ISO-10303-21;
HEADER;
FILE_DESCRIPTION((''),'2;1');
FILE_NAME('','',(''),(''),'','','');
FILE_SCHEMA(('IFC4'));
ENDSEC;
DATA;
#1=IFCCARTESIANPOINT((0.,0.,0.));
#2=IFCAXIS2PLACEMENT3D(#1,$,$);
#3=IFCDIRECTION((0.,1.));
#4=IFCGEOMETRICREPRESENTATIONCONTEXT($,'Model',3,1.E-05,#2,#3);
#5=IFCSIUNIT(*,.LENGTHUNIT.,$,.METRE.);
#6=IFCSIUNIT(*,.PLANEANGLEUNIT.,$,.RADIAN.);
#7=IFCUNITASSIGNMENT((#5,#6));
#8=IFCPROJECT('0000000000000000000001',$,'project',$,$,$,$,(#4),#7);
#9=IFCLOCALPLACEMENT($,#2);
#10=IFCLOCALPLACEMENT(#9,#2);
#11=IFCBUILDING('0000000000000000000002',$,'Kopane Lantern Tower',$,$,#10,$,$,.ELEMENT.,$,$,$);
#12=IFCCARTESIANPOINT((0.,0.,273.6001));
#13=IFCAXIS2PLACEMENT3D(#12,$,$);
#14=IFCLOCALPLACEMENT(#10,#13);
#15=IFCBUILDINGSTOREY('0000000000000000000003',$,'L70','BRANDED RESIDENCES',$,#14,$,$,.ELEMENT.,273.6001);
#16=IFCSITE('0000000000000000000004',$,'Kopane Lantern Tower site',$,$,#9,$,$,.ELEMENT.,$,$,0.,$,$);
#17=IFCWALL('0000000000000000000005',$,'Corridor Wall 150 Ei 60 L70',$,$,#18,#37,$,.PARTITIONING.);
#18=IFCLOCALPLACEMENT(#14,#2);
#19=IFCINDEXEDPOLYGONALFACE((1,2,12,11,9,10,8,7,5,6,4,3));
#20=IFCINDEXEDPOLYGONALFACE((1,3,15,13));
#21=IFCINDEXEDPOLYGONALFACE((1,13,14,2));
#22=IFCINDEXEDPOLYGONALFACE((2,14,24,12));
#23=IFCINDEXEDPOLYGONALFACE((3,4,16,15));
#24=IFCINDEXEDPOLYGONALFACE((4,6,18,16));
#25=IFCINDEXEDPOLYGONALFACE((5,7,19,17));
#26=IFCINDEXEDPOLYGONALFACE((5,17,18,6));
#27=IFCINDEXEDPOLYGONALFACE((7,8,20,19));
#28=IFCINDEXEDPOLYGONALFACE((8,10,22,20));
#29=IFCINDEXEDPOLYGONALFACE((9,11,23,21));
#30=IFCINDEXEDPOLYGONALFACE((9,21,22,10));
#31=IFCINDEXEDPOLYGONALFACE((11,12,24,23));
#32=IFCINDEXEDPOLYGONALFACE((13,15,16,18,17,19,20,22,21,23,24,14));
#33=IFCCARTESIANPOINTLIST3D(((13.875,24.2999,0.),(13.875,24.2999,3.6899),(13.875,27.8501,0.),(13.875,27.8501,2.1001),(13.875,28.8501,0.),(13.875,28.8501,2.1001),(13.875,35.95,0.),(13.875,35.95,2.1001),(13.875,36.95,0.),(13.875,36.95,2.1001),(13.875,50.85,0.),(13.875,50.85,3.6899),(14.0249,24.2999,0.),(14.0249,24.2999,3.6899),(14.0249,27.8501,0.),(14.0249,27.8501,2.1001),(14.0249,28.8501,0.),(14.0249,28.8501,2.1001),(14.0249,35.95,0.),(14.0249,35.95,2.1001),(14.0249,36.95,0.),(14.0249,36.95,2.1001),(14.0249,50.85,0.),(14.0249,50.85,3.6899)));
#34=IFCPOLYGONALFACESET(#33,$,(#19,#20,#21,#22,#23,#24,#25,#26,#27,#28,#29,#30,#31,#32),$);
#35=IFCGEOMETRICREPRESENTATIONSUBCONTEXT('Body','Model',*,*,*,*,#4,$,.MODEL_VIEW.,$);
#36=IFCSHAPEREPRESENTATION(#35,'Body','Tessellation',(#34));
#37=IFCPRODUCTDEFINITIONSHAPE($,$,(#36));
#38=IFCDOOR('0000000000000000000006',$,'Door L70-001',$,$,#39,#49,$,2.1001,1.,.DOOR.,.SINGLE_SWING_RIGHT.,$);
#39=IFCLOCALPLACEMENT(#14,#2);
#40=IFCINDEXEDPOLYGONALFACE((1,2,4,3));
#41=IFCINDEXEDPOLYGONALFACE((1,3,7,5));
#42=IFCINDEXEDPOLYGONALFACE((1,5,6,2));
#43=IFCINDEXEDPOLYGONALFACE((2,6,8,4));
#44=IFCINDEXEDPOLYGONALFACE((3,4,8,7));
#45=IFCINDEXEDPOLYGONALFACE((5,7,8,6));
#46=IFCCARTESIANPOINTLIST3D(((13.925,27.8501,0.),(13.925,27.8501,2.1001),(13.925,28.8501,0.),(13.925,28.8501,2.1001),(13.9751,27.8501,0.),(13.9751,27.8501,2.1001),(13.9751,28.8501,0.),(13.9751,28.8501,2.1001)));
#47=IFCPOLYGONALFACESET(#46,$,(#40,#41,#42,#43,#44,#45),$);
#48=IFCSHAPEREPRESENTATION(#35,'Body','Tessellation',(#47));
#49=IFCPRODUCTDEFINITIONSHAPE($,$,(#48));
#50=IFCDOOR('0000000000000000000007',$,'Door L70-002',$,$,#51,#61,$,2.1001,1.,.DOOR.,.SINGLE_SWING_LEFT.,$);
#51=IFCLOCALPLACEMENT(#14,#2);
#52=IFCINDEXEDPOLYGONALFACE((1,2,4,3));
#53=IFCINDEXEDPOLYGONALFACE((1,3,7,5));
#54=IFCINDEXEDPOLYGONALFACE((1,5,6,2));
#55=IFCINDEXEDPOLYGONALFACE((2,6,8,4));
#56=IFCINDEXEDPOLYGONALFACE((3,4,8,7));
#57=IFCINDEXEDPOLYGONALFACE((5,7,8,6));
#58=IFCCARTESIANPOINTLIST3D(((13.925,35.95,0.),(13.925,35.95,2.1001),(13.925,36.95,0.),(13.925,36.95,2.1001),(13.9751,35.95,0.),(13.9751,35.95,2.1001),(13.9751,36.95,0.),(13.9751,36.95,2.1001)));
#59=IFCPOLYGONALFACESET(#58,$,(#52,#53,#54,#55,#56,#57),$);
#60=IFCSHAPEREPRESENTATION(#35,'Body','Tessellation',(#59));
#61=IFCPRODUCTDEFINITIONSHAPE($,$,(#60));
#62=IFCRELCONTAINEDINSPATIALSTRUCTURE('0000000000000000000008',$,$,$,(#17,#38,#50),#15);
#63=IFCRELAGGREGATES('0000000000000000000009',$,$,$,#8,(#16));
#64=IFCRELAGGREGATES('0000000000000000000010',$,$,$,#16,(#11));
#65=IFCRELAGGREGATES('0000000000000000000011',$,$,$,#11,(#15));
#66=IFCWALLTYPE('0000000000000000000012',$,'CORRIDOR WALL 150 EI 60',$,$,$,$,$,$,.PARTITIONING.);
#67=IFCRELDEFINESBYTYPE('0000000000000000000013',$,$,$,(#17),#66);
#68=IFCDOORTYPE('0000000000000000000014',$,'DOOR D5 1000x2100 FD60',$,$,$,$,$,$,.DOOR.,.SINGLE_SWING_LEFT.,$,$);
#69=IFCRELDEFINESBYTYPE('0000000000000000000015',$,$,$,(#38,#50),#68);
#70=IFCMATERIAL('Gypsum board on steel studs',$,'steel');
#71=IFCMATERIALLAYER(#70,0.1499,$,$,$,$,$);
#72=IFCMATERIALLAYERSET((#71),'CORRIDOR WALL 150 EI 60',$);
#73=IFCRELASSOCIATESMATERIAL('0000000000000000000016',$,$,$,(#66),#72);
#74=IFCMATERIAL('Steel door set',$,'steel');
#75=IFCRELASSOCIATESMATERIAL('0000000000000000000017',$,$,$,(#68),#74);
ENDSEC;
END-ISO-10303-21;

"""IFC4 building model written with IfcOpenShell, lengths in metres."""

from ifc_helpers import new_model, si_unit, direction, frame, frame_2d, origin, place, context, subcontext, project, spatial, rectangle, extrude, material, layer, layer_set, type_object, element, fill, save


model = new_model("IFC4")

# Units and contexts
model_context = context("Model", 3, precision=1e-05, world=origin(), true_north=direction((0.0, 1.0)))
body_context = subcontext(model_context, "Body", "Model", "MODEL_VIEW")
ifc_project = project(units=[si_unit("LENGTHUNIT", "METRE"), si_unit("PLANEANGLEUNIT", "RADIAN")], contexts=[model_context])

# Site, building, storey
site_placement = place(None, origin())
site = spatial("IfcSite", under=ifc_project, at=site_placement, Name="Kopane Lantern Tower site", CompositionType="ELEMENT", RefElevation=0.0)
building_placement = place(site_placement, origin())
building = spatial("IfcBuilding", under=site, at=building_placement, Name="Kopane Lantern Tower", CompositionType="ELEMENT")
storey_placement = place(building_placement, frame((0.0, 0.0, 273.6001)))
storey = spatial("IfcBuildingStorey", under=building, at=storey_placement, Name="L70", Description="BRANDED RESIDENCES", CompositionType="ELEMENT", Elevation=273.6001)

# Wall, openings, doors
ifc_material_1 = material(Name="Gypsum board on steel studs", Category="steel")
ifc_layer_1 = layer(ifc_material_1, 0.1499)
ifc_layer_set_1 = layer_set([ifc_layer_1], Name="CORRIDOR WALL 150 EI 60")
wall_type_1 = type_object("IfcWallType", Name="CORRIDOR WALL 150 EI 60", PredefinedType="PARTITIONING", material=ifc_layer_set_1)
wall_1_placement = place(storey_placement, frame((13.95, 24.3, 0.0), z_axis=(0.0, 0.0, 1.0), x_axis=(0.0, 1.0, 0.0)))
wall_1 = element("IfcWall", 1, at=wall_1_placement, inside=storey, type_object=wall_type_1, Name="Corridor Wall 150 Ei 60 L70", PredefinedType="PARTITIONING", context=body_context, shape_type="SweptSolid", body=[
    extrude(rectangle(XDim=26.55, YDim=0.1499, at=frame_2d((13.2749, 0.0))), origin(), (0.0, 0.0, 1.0), 3.6899),
])
opening_1_placement = place(wall_1_placement, frame((3.55, 0.0, 0.0)))
opening_1 = element("IfcOpeningElement", 2, at=opening_1_placement, cuts=wall_1, PredefinedType="OPENING", context=body_context, shape_type="SweptSolid", body=[
    extrude(rectangle(XDim=1.0, YDim=2.1001, at=frame_2d((0.5, 1.05))), frame((0.0, 0.085, 0.0), z_axis=(0.0, -1.0, 0.0), x_axis=(1.0, 0.0, 0.0)), (0.0, 0.0, 1.0), 0.1699),
])
opening_2_placement = place(wall_1_placement, frame((11.6499, 0.0, 0.0)))
opening_2 = element("IfcOpeningElement", 3, at=opening_2_placement, cuts=wall_1, PredefinedType="OPENING", context=body_context, shape_type="SweptSolid", body=[
    extrude(rectangle(XDim=1.0, YDim=2.1001, at=frame_2d((0.5, 1.05))), frame((0.0, 0.085, 0.0), z_axis=(0.0, -1.0, 0.0), x_axis=(1.0, 0.0, 0.0)), (0.0, 0.0, 1.0), 0.1699),
])
ifc_material_2 = material(Name="Steel door set", Category="steel")
door_type_1 = type_object("IfcDoorType", Name="DOOR D5 1000x2100 FD60", OperationType="SINGLE_SWING_LEFT", PredefinedType="DOOR", material=ifc_material_2)
door_1_placement = place(opening_1_placement, origin())
door_1 = element("IfcDoor", 4, at=door_1_placement, inside=storey, type_object=door_type_1, Name="Door L70-001", OperationType="SINGLE_SWING_RIGHT", OverallHeight=2.1001, OverallWidth=1.0, PredefinedType="DOOR", context=body_context, shape_type="SweptSolid", body=[
    extrude(rectangle(XDim=1.0, YDim=2.1001, at=frame_2d((0.5, 1.05))), frame((0.0, 0.0249, 0.0), z_axis=(0.0, -1.0, 0.0), x_axis=(1.0, 0.0, 0.0)), (0.0, 0.0, 1.0), 0.05),
])
fill(opening_1, door_1)
door_2_placement = place(opening_2_placement, origin())
door_2 = element("IfcDoor", 5, at=door_2_placement, inside=storey, type_object=door_type_1, Name="Door L70-002", OperationType="SINGLE_SWING_LEFT", OverallHeight=2.1001, OverallWidth=1.0, PredefinedType="DOOR", context=body_context, shape_type="SweptSolid", body=[
    extrude(rectangle(XDim=1.0, YDim=2.1001, at=frame_2d((0.5, 1.05))), frame((0.0, 0.0249, 0.0), z_axis=(0.0, -1.0, 0.0), x_axis=(1.0, 0.0, 0.0)), (0.0, 0.0, 1.0), 0.05),
])
fill(opening_2, door_2)

save(model, "model.ifc")
